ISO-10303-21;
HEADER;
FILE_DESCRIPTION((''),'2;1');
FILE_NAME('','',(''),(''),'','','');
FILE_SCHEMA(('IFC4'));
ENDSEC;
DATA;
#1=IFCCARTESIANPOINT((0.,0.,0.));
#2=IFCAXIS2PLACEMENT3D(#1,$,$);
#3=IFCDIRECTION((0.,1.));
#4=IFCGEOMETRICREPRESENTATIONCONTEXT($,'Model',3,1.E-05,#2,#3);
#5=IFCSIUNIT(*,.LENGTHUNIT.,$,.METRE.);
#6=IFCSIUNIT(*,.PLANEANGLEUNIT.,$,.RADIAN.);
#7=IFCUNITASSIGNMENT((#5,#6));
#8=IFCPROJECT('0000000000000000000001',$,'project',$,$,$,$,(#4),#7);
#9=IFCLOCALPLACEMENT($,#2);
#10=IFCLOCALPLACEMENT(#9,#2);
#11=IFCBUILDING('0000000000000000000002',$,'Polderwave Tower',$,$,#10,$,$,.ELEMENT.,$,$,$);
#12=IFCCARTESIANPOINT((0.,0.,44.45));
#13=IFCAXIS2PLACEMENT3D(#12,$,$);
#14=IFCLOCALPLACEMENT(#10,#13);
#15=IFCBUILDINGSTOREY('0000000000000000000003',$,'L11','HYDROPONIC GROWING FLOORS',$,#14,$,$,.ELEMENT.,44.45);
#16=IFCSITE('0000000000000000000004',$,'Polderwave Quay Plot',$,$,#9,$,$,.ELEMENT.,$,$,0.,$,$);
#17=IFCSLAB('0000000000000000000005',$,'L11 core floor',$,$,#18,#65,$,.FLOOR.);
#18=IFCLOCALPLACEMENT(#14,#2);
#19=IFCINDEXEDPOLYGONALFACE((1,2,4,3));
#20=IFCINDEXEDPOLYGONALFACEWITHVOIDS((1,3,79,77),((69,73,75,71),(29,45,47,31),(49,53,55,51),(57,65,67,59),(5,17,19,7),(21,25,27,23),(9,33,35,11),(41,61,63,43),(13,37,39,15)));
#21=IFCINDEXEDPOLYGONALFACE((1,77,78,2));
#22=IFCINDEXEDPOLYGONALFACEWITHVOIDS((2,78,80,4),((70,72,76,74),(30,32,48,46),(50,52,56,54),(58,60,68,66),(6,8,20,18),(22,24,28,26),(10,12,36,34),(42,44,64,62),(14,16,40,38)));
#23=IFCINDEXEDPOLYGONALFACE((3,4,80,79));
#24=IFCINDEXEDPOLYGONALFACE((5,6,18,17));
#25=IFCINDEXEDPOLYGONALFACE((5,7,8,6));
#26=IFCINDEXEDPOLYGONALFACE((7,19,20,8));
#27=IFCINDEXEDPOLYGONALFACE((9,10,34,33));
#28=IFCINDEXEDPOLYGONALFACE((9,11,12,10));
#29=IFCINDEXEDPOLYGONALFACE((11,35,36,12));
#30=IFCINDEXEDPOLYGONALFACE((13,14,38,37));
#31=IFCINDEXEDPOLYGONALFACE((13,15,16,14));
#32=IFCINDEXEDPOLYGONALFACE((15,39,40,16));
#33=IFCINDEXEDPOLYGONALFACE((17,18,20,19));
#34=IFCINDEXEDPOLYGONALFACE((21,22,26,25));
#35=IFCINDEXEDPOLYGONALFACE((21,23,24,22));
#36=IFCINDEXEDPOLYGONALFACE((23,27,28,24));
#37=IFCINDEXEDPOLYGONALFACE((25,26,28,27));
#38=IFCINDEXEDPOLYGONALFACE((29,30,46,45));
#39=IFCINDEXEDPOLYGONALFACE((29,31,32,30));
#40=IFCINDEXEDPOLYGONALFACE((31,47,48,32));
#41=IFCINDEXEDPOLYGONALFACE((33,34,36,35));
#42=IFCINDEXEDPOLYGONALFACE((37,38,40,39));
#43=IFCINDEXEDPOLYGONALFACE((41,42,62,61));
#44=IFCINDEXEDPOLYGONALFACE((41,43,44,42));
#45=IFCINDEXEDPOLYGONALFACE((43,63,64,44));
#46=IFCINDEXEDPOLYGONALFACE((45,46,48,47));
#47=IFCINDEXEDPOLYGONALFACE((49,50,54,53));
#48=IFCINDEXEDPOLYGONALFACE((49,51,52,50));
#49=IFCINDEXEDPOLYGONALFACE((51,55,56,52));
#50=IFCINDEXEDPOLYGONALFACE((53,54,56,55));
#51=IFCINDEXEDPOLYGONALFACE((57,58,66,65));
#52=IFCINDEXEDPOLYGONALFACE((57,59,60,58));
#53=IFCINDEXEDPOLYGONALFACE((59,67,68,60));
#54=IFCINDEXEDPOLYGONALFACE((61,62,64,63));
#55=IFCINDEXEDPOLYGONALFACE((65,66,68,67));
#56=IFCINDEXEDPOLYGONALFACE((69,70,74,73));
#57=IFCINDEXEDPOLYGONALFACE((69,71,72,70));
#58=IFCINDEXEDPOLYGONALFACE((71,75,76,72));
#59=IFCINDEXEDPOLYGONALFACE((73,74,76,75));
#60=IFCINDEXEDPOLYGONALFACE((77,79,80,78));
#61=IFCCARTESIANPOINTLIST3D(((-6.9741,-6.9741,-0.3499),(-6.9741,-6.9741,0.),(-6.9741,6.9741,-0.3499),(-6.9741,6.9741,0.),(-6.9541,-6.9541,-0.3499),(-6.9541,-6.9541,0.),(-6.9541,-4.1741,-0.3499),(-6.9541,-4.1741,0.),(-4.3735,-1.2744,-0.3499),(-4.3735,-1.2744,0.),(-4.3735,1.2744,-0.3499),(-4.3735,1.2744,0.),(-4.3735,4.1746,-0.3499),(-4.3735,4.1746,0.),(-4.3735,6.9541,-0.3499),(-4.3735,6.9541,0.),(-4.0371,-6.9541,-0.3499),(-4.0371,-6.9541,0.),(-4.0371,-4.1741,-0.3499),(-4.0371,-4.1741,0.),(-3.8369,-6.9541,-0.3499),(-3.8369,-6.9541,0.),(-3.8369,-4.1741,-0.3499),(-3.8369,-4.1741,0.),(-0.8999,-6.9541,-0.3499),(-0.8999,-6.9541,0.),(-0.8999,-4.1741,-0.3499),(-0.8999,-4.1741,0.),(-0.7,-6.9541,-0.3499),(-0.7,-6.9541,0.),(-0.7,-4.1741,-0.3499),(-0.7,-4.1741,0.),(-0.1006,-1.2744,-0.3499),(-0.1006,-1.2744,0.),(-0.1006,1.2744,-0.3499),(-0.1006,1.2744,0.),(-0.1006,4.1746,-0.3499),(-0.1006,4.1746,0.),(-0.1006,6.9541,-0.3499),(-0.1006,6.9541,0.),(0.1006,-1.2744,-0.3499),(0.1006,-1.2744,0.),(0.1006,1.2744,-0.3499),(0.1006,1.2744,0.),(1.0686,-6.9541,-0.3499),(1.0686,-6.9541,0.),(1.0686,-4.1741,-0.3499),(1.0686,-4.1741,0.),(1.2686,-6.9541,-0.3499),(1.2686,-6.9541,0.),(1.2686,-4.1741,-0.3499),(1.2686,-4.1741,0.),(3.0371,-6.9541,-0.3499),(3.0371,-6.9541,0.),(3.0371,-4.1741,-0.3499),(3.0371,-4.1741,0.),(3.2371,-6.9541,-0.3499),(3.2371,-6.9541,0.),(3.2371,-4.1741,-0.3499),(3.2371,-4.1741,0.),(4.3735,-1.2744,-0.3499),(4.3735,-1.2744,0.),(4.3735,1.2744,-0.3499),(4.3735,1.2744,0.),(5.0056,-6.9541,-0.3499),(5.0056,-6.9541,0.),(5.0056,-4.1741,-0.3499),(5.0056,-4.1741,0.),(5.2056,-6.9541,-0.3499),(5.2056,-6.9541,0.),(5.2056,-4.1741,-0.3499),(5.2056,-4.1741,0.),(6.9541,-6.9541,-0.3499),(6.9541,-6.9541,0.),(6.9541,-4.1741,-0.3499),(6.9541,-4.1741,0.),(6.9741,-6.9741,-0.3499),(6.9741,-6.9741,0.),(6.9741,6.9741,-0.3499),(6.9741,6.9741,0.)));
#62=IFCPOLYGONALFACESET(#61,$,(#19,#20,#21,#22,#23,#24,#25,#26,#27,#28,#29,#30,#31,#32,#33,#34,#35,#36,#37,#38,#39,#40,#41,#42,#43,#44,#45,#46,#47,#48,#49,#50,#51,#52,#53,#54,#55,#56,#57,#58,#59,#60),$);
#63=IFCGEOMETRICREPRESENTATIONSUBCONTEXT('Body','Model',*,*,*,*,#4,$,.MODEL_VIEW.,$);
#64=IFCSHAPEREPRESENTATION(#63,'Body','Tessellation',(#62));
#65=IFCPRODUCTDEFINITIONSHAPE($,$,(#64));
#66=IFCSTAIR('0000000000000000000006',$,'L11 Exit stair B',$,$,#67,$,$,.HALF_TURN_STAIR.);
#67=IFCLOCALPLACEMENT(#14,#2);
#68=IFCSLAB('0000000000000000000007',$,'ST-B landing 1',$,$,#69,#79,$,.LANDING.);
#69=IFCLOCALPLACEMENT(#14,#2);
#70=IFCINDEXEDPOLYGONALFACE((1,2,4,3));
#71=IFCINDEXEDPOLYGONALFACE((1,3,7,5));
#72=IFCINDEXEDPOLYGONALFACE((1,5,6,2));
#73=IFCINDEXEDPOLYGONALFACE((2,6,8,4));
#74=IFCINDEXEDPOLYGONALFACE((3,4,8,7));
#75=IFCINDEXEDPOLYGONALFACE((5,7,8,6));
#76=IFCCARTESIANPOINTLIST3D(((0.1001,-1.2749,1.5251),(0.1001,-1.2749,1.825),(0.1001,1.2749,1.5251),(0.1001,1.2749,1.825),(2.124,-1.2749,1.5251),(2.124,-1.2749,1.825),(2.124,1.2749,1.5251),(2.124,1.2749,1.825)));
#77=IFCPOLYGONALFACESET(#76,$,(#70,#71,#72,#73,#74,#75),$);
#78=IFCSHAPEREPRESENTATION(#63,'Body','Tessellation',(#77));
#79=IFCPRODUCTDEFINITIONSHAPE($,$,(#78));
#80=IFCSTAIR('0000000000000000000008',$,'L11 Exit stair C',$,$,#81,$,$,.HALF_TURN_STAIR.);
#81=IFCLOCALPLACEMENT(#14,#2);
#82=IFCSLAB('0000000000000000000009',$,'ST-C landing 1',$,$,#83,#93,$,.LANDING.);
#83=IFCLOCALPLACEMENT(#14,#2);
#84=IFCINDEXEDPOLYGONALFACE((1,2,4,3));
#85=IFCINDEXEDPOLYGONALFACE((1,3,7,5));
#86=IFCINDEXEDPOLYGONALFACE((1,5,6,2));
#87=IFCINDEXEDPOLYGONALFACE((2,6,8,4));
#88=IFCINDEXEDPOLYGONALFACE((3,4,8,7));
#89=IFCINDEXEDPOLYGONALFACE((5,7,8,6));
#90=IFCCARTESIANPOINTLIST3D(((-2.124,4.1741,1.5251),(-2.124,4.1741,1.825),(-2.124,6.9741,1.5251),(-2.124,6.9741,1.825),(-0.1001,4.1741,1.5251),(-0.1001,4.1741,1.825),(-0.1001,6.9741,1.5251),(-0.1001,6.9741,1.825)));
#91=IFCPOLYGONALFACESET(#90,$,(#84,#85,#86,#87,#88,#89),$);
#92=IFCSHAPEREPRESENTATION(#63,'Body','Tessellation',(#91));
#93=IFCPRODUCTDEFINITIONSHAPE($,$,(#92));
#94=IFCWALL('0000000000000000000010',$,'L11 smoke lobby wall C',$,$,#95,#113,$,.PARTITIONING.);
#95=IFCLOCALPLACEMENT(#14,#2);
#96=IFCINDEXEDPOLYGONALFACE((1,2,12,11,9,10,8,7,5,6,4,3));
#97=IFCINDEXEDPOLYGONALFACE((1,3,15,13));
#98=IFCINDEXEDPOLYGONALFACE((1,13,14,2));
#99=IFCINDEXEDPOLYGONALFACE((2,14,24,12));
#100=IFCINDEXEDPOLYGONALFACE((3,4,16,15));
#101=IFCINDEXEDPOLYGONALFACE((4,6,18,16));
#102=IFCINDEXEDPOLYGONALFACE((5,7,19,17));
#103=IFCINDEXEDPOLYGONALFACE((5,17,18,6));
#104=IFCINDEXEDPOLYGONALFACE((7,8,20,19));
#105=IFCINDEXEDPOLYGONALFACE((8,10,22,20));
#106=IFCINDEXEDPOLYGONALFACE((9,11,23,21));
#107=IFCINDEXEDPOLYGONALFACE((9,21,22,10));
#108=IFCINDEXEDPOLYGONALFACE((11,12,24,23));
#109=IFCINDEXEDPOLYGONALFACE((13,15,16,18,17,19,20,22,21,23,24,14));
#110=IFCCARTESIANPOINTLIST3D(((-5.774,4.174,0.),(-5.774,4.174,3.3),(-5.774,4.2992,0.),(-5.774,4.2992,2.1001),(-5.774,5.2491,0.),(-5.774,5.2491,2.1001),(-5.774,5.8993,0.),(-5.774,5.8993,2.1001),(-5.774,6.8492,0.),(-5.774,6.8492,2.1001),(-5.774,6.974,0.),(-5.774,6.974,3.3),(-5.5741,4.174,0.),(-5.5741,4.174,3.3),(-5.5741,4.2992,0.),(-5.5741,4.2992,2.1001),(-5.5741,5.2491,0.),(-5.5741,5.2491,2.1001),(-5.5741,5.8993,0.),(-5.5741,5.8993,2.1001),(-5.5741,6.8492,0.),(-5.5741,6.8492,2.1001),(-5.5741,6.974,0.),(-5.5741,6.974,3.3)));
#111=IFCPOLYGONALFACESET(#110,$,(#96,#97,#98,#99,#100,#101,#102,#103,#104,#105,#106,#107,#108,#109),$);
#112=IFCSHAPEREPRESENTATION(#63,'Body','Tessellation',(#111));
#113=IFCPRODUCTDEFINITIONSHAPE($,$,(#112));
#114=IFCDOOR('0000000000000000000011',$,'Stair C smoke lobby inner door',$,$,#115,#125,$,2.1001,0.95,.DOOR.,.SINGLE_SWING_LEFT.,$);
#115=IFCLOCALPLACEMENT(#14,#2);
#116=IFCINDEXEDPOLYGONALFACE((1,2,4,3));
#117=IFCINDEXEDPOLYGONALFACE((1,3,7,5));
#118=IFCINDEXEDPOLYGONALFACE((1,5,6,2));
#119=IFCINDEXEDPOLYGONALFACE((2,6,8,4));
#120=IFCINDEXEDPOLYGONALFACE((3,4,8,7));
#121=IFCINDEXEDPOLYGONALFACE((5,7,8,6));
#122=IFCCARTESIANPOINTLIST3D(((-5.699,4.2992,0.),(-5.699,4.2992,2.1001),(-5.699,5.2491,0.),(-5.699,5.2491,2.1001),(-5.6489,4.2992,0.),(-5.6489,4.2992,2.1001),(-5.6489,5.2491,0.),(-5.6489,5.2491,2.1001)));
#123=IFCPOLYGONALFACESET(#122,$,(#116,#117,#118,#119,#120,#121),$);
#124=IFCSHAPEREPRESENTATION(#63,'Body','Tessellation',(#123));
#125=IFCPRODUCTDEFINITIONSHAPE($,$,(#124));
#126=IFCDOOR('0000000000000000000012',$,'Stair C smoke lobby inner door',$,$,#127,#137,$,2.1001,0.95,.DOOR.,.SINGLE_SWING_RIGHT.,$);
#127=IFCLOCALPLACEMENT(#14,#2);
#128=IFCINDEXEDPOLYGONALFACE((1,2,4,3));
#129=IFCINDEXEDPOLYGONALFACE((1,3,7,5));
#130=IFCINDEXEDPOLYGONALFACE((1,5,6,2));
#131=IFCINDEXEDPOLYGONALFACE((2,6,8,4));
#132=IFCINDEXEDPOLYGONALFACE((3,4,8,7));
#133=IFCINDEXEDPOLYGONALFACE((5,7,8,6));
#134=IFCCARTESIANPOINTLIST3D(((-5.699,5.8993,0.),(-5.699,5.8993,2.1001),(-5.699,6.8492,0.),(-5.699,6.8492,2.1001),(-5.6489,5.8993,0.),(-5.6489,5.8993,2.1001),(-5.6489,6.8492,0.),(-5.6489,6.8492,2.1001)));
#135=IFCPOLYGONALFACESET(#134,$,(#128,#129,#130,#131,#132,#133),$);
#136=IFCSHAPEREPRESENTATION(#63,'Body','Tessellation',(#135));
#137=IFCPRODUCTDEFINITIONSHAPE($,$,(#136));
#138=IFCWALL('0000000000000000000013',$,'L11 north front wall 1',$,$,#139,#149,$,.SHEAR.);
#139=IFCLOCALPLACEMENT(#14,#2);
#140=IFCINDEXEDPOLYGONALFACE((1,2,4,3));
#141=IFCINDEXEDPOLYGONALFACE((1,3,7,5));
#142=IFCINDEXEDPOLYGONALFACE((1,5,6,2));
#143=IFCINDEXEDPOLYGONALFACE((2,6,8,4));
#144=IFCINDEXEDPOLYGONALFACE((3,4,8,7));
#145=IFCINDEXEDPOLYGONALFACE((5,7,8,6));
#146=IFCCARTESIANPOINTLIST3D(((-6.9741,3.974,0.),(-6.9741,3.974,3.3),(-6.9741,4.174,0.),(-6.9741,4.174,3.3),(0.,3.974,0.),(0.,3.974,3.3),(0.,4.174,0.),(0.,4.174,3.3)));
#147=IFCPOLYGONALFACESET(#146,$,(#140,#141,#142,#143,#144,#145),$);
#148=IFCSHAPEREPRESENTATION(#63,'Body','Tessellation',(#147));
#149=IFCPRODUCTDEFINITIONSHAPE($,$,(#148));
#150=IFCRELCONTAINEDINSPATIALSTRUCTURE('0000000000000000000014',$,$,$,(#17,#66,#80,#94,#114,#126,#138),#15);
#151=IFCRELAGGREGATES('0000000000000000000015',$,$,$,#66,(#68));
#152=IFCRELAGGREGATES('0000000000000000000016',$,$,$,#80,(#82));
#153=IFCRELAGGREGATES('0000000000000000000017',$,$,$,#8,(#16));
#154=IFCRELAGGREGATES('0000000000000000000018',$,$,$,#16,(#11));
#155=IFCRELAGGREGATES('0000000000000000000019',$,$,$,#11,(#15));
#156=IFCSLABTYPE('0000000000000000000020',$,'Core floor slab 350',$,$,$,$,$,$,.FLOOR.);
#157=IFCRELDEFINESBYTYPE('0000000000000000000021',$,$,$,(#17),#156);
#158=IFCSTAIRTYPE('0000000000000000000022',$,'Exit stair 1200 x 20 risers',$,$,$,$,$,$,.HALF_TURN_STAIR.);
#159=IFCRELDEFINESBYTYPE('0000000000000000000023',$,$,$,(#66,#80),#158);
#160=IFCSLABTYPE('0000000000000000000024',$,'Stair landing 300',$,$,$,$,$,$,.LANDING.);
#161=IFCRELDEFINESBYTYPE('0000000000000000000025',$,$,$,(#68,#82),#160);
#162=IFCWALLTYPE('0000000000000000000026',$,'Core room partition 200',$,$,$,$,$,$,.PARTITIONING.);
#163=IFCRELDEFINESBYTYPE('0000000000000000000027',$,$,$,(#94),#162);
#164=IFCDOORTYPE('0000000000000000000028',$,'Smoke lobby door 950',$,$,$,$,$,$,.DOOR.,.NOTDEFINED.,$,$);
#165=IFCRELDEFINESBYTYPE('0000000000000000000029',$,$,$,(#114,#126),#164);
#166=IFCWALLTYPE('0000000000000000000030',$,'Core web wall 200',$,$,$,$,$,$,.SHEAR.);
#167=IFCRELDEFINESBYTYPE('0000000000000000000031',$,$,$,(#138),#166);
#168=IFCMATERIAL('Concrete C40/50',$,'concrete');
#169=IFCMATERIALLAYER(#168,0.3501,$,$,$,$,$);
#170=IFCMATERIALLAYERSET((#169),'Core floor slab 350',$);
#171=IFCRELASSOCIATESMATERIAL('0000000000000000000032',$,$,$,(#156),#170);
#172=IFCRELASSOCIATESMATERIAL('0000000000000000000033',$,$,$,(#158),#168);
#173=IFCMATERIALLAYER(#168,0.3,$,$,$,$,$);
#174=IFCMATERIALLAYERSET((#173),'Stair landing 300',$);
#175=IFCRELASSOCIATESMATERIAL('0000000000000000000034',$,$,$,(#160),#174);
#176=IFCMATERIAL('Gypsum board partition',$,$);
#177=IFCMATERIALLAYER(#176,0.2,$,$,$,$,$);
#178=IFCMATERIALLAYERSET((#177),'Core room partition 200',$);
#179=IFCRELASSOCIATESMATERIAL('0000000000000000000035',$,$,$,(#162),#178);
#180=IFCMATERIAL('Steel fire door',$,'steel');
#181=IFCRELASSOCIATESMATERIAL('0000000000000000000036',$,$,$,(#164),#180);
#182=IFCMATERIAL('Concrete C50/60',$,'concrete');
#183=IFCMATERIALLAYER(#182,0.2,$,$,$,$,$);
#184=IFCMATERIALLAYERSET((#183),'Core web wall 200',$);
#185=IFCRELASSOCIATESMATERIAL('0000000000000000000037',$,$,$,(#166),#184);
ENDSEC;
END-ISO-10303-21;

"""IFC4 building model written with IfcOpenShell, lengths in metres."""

from ifc_helpers import new_model, si_unit, direction, frame, frame_2d, origin, place, context, subcontext, project, spatial, polyline, rectangle, outline, extrude, material, layer, layer_set, type_object, element, fill, aggregate, save


model = new_model("IFC4")

# Units and contexts
model_context = context("Model", 3, precision=1e-05, world=origin(), true_north=direction((0.0, 1.0)))
body_context = subcontext(model_context, "Body", "Model", "MODEL_VIEW")
ifc_project = project(units=[si_unit("LENGTHUNIT", "METRE"), si_unit("PLANEANGLEUNIT", "RADIAN")], contexts=[model_context])

# Site, building, storey
site_placement = place(None, origin())
site = spatial("IfcSite", under=ifc_project, at=site_placement, Name="Polderwave Quay Plot", CompositionType="ELEMENT", RefElevation=0.0)
building_placement = place(site_placement, origin())
building = spatial("IfcBuilding", under=site, at=building_placement, Name="Polderwave Tower", CompositionType="ELEMENT")
storey_placement = place(building_placement, frame((0.0, 0.0, 44.45)))
storey = spatial("IfcBuildingStorey", under=building, at=storey_placement, Name="L11", Description="HYDROPONIC GROWING FLOORS", CompositionType="ELEMENT", Elevation=44.45)

# Slab
ifc_material_1 = material(Name="Concrete C40/50", Category="concrete")
ifc_layer_1 = layer(ifc_material_1, 0.3501)
ifc_layer_set_1 = layer_set([ifc_layer_1], Name="Core floor slab 350")
slab_type_1 = type_object("IfcSlabType", Name="Core floor slab 350", PredefinedType="FLOOR", material=ifc_layer_set_1)
slab_1_placement = place(storey_placement, frame((0.0, 0.0, -0.3499)))
element("IfcSlab", 1, at=slab_1_placement, inside=storey, type_object=slab_type_1, Name="L11 core floor", PredefinedType="FLOOR", context=body_context, shape_type="SweptSolid", body=[
    extrude(outline(polyline([(-6.9741, -6.9741), (6.9741, -6.9741), (6.9741, 6.9741), (-6.9741, 6.9741), (-6.9741, -6.9741)]), holes=[polyline([(-6.9541, -6.9541), (-4.0371, -6.9541), (-4.0371, -4.1741), (-6.9541, -4.1741), (-6.9541, -6.9541)]), polyline([(-3.8369, -6.9541), (-0.8999, -6.9541), (-0.8999, -4.1741), (-3.8369, -4.1741), (-3.8369, -6.9541)]), polyline([(-0.7, -6.9541), (1.0686, -6.9541), (1.0686, -4.1741), (-0.7, -4.1741), (-0.7, -6.9541)]), polyline([(1.2686, -6.9541), (3.0371, -6.9541), (3.0371, -4.1741), (1.2686, -4.1741), (1.2686, -6.9541)]), polyline([(3.2371, -6.9541), (5.0056, -6.9541), (5.0056, -4.1741), (3.2371, -4.1741), (3.2371, -6.9541)]), polyline([(5.2056, -6.9541), (6.9541, -6.9541), (6.9541, -4.1741), (5.2056, -4.1741), (5.2056, -6.9541)]), polyline([(-4.3735, -1.2744), (-0.1006, -1.2744), (-0.1006, 1.2744), (-4.3735, 1.2744), (-4.3735, -1.2744)]), polyline([(0.1006, -1.2744), (4.3735, -1.2744), (4.3735, 1.2744), (0.1006, 1.2744), (0.1006, -1.2744)]), polyline([(-4.3735, 4.1746), (-0.1006, 4.1746), (-0.1006, 6.9541), (-4.3735, 6.9541), (-4.3735, 4.1746)])]), origin(), (0.0, 0.0, 1.0), 0.3499),
])

# Stairs, slabs
stair_type = type_object("IfcStairType", Name="Exit stair 1200 x 20 risers", PredefinedType="HALF_TURN_STAIR", material=ifc_material_1)
stair_1_placement = place(storey_placement, origin())
stair_1 = element("IfcStair", 2, at=stair_1_placement, inside=storey, type_object=stair_type, Name="L11 Exit stair B", PredefinedType="HALF_TURN_STAIR")
ifc_layer_2 = layer(ifc_material_1, 0.3)
ifc_layer_set_2 = layer_set([ifc_layer_2], Name="Stair landing 300")
slab_type_2 = type_object("IfcSlabType", Name="Stair landing 300", PredefinedType="LANDING", material=ifc_layer_set_2)
slab_2_placement = place(storey_placement, frame((0.0, 0.0, 1.5251)))
slab_2 = element("IfcSlab", 3, at=slab_2_placement, type_object=slab_type_2, Name="ST-B landing 1", PredefinedType="LANDING", context=body_context, shape_type="SweptSolid", body=[
    extrude(outline(polyline([(2.124, 1.2749), (0.1001, 1.2749), (0.1001, -1.2749), (2.124, -1.2749), (2.124, 1.2749)])), origin(), (0.0, 0.0, 1.0), 0.2998),
])
aggregate(stair_1, [slab_2])
stair_2_placement = place(storey_placement, origin())
stair_2 = element("IfcStair", 4, at=stair_2_placement, inside=storey, type_object=stair_type, Name="L11 Exit stair C", PredefinedType="HALF_TURN_STAIR")
slab_3_placement = place(storey_placement, frame((0.0, 0.0, 1.5251)))
slab_3 = element("IfcSlab", 5, at=slab_3_placement, type_object=slab_type_2, Name="ST-C landing 1", PredefinedType="LANDING", context=body_context, shape_type="SweptSolid", body=[
    extrude(outline(polyline([(-2.124, 4.1741), (-0.1001, 4.1741), (-0.1001, 6.9741), (-2.124, 6.9741), (-2.124, 4.1741)])), origin(), (0.0, 0.0, 1.0), 0.2998),
])

# Wall, openings, doors
ifc_material_2 = material(Name="Gypsum board partition")
ifc_layer_3 = layer(ifc_material_2, 0.2)
ifc_layer_set_3 = layer_set([ifc_layer_3], Name="Core room partition 200")
wall_type_1 = type_object("IfcWallType", Name="Core room partition 200", PredefinedType="PARTITIONING", material=ifc_layer_set_3)
wall_1_placement = place(storey_placement, frame((-5.6741, 4.1741, 0.0), z_axis=(0.0, 0.0, 1.0), x_axis=(0.0, 1.0, 0.0)))
wall_1 = element("IfcWall", 6, at=wall_1_placement, inside=storey, type_object=wall_type_1, Name="L11 smoke lobby wall C", PredefinedType="PARTITIONING", context=body_context, shape_type="SweptSolid", body=[
    extrude(rectangle(XDim=2.8, YDim=0.2, at=frame_2d((1.3999, 0.0))), origin(), (0.0, 0.0, 1.0), 3.3),
])
opening_1_placement = place(wall_1_placement, frame((0.125, 0.0, 0.0)))
opening_1 = element("IfcOpeningElement", 7, at=opening_1_placement, cuts=wall_1, PredefinedType="OPENING", context=body_context, shape_type="SweptSolid", body=[
    extrude(rectangle(XDim=0.95, YDim=2.1001, at=frame_2d((0.4751, 1.05))), frame((0.0, 0.1099, 0.0), z_axis=(0.0, -1.0, 0.0), x_axis=(1.0, 0.0, 0.0)), (0.0, 0.0, 1.0), 0.22),
])
opening_2_placement = place(wall_1_placement, frame((1.7251, 0.0, 0.0)))
opening_2 = element("IfcOpeningElement", 8, at=opening_2_placement, cuts=wall_1, PredefinedType="OPENING", context=body_context, shape_type="SweptSolid", body=[
    extrude(rectangle(XDim=0.95, YDim=2.1001, at=frame_2d((0.4751, 1.05))), frame((0.0, 0.1099, 0.0), z_axis=(0.0, -1.0, 0.0), x_axis=(1.0, 0.0, 0.0)), (0.0, 0.0, 1.0), 0.22),
])
ifc_material_3 = material(Name="Steel fire door", Category="steel")
door_type_1 = type_object("IfcDoorType", Name="Smoke lobby door 950", OperationType="NOTDEFINED", PredefinedType="DOOR", material=ifc_material_3)
door_1_placement = place(opening_1_placement, origin())
door_1 = element("IfcDoor", 9, at=door_1_placement, inside=storey, type_object=door_type_1, Name="Stair C smoke lobby inner door", OperationType="SINGLE_SWING_LEFT", OverallHeight=2.1001, OverallWidth=0.95, PredefinedType="DOOR", context=body_context, shape_type="SweptSolid", body=[
    extrude(rectangle(XDim=0.95, YDim=2.1001, at=frame_2d((0.4751, 1.05))), frame((0.0, 0.0249, 0.0), z_axis=(0.0, -1.0, 0.0), x_axis=(1.0, 0.0, 0.0)), (0.0, 0.0, 1.0), 0.05),
])
fill(opening_1, door_1)
door_2_placement = place(opening_2_placement, origin())
door_2 = element("IfcDoor", 10, at=door_2_placement, inside=storey, type_object=door_type_1, Name="Stair C smoke lobby inner door", OperationType="SINGLE_SWING_RIGHT", OverallHeight=2.1001, OverallWidth=0.95, PredefinedType="DOOR", context=body_context, shape_type="SweptSolid", body=[
    extrude(rectangle(XDim=0.95, YDim=2.1001, at=frame_2d((0.4751, 1.05))), frame((0.0, 0.0249, 0.0), z_axis=(0.0, -1.0, 0.0), x_axis=(1.0, 0.0, 0.0)), (0.0, 0.0, 1.0), 0.05),
])
fill(opening_2, door_2)

# Wall
ifc_material_4 = material(Name="Concrete C50/60", Category="concrete")
ifc_layer_4 = layer(ifc_material_4, 0.2)
ifc_layer_set_4 = layer_set([ifc_layer_4], Name="Core web wall 200")
wall_type_2 = type_object("IfcWallType", Name="Core web wall 200", PredefinedType="SHEAR", material=ifc_layer_set_4)
wall_2_placement = place(storey_placement, frame((-6.9741, 4.074, 0.0), z_axis=(0.0, 0.0, 1.0), x_axis=(1.0, 0.0, 0.0)))
element("IfcWall", 11, at=wall_2_placement, inside=storey, type_object=wall_type_2, Name="L11 north front wall 1", PredefinedType="SHEAR", context=body_context, shape_type="SweptSolid", body=[
    extrude(rectangle(XDim=6.9741, YDim=0.2, at=frame_2d((3.4871, 0.0))), origin(), (0.0, 0.0, 1.0), 3.3),
])

aggregate(stair_2, [slab_3])

save(model, "model.ifc")
